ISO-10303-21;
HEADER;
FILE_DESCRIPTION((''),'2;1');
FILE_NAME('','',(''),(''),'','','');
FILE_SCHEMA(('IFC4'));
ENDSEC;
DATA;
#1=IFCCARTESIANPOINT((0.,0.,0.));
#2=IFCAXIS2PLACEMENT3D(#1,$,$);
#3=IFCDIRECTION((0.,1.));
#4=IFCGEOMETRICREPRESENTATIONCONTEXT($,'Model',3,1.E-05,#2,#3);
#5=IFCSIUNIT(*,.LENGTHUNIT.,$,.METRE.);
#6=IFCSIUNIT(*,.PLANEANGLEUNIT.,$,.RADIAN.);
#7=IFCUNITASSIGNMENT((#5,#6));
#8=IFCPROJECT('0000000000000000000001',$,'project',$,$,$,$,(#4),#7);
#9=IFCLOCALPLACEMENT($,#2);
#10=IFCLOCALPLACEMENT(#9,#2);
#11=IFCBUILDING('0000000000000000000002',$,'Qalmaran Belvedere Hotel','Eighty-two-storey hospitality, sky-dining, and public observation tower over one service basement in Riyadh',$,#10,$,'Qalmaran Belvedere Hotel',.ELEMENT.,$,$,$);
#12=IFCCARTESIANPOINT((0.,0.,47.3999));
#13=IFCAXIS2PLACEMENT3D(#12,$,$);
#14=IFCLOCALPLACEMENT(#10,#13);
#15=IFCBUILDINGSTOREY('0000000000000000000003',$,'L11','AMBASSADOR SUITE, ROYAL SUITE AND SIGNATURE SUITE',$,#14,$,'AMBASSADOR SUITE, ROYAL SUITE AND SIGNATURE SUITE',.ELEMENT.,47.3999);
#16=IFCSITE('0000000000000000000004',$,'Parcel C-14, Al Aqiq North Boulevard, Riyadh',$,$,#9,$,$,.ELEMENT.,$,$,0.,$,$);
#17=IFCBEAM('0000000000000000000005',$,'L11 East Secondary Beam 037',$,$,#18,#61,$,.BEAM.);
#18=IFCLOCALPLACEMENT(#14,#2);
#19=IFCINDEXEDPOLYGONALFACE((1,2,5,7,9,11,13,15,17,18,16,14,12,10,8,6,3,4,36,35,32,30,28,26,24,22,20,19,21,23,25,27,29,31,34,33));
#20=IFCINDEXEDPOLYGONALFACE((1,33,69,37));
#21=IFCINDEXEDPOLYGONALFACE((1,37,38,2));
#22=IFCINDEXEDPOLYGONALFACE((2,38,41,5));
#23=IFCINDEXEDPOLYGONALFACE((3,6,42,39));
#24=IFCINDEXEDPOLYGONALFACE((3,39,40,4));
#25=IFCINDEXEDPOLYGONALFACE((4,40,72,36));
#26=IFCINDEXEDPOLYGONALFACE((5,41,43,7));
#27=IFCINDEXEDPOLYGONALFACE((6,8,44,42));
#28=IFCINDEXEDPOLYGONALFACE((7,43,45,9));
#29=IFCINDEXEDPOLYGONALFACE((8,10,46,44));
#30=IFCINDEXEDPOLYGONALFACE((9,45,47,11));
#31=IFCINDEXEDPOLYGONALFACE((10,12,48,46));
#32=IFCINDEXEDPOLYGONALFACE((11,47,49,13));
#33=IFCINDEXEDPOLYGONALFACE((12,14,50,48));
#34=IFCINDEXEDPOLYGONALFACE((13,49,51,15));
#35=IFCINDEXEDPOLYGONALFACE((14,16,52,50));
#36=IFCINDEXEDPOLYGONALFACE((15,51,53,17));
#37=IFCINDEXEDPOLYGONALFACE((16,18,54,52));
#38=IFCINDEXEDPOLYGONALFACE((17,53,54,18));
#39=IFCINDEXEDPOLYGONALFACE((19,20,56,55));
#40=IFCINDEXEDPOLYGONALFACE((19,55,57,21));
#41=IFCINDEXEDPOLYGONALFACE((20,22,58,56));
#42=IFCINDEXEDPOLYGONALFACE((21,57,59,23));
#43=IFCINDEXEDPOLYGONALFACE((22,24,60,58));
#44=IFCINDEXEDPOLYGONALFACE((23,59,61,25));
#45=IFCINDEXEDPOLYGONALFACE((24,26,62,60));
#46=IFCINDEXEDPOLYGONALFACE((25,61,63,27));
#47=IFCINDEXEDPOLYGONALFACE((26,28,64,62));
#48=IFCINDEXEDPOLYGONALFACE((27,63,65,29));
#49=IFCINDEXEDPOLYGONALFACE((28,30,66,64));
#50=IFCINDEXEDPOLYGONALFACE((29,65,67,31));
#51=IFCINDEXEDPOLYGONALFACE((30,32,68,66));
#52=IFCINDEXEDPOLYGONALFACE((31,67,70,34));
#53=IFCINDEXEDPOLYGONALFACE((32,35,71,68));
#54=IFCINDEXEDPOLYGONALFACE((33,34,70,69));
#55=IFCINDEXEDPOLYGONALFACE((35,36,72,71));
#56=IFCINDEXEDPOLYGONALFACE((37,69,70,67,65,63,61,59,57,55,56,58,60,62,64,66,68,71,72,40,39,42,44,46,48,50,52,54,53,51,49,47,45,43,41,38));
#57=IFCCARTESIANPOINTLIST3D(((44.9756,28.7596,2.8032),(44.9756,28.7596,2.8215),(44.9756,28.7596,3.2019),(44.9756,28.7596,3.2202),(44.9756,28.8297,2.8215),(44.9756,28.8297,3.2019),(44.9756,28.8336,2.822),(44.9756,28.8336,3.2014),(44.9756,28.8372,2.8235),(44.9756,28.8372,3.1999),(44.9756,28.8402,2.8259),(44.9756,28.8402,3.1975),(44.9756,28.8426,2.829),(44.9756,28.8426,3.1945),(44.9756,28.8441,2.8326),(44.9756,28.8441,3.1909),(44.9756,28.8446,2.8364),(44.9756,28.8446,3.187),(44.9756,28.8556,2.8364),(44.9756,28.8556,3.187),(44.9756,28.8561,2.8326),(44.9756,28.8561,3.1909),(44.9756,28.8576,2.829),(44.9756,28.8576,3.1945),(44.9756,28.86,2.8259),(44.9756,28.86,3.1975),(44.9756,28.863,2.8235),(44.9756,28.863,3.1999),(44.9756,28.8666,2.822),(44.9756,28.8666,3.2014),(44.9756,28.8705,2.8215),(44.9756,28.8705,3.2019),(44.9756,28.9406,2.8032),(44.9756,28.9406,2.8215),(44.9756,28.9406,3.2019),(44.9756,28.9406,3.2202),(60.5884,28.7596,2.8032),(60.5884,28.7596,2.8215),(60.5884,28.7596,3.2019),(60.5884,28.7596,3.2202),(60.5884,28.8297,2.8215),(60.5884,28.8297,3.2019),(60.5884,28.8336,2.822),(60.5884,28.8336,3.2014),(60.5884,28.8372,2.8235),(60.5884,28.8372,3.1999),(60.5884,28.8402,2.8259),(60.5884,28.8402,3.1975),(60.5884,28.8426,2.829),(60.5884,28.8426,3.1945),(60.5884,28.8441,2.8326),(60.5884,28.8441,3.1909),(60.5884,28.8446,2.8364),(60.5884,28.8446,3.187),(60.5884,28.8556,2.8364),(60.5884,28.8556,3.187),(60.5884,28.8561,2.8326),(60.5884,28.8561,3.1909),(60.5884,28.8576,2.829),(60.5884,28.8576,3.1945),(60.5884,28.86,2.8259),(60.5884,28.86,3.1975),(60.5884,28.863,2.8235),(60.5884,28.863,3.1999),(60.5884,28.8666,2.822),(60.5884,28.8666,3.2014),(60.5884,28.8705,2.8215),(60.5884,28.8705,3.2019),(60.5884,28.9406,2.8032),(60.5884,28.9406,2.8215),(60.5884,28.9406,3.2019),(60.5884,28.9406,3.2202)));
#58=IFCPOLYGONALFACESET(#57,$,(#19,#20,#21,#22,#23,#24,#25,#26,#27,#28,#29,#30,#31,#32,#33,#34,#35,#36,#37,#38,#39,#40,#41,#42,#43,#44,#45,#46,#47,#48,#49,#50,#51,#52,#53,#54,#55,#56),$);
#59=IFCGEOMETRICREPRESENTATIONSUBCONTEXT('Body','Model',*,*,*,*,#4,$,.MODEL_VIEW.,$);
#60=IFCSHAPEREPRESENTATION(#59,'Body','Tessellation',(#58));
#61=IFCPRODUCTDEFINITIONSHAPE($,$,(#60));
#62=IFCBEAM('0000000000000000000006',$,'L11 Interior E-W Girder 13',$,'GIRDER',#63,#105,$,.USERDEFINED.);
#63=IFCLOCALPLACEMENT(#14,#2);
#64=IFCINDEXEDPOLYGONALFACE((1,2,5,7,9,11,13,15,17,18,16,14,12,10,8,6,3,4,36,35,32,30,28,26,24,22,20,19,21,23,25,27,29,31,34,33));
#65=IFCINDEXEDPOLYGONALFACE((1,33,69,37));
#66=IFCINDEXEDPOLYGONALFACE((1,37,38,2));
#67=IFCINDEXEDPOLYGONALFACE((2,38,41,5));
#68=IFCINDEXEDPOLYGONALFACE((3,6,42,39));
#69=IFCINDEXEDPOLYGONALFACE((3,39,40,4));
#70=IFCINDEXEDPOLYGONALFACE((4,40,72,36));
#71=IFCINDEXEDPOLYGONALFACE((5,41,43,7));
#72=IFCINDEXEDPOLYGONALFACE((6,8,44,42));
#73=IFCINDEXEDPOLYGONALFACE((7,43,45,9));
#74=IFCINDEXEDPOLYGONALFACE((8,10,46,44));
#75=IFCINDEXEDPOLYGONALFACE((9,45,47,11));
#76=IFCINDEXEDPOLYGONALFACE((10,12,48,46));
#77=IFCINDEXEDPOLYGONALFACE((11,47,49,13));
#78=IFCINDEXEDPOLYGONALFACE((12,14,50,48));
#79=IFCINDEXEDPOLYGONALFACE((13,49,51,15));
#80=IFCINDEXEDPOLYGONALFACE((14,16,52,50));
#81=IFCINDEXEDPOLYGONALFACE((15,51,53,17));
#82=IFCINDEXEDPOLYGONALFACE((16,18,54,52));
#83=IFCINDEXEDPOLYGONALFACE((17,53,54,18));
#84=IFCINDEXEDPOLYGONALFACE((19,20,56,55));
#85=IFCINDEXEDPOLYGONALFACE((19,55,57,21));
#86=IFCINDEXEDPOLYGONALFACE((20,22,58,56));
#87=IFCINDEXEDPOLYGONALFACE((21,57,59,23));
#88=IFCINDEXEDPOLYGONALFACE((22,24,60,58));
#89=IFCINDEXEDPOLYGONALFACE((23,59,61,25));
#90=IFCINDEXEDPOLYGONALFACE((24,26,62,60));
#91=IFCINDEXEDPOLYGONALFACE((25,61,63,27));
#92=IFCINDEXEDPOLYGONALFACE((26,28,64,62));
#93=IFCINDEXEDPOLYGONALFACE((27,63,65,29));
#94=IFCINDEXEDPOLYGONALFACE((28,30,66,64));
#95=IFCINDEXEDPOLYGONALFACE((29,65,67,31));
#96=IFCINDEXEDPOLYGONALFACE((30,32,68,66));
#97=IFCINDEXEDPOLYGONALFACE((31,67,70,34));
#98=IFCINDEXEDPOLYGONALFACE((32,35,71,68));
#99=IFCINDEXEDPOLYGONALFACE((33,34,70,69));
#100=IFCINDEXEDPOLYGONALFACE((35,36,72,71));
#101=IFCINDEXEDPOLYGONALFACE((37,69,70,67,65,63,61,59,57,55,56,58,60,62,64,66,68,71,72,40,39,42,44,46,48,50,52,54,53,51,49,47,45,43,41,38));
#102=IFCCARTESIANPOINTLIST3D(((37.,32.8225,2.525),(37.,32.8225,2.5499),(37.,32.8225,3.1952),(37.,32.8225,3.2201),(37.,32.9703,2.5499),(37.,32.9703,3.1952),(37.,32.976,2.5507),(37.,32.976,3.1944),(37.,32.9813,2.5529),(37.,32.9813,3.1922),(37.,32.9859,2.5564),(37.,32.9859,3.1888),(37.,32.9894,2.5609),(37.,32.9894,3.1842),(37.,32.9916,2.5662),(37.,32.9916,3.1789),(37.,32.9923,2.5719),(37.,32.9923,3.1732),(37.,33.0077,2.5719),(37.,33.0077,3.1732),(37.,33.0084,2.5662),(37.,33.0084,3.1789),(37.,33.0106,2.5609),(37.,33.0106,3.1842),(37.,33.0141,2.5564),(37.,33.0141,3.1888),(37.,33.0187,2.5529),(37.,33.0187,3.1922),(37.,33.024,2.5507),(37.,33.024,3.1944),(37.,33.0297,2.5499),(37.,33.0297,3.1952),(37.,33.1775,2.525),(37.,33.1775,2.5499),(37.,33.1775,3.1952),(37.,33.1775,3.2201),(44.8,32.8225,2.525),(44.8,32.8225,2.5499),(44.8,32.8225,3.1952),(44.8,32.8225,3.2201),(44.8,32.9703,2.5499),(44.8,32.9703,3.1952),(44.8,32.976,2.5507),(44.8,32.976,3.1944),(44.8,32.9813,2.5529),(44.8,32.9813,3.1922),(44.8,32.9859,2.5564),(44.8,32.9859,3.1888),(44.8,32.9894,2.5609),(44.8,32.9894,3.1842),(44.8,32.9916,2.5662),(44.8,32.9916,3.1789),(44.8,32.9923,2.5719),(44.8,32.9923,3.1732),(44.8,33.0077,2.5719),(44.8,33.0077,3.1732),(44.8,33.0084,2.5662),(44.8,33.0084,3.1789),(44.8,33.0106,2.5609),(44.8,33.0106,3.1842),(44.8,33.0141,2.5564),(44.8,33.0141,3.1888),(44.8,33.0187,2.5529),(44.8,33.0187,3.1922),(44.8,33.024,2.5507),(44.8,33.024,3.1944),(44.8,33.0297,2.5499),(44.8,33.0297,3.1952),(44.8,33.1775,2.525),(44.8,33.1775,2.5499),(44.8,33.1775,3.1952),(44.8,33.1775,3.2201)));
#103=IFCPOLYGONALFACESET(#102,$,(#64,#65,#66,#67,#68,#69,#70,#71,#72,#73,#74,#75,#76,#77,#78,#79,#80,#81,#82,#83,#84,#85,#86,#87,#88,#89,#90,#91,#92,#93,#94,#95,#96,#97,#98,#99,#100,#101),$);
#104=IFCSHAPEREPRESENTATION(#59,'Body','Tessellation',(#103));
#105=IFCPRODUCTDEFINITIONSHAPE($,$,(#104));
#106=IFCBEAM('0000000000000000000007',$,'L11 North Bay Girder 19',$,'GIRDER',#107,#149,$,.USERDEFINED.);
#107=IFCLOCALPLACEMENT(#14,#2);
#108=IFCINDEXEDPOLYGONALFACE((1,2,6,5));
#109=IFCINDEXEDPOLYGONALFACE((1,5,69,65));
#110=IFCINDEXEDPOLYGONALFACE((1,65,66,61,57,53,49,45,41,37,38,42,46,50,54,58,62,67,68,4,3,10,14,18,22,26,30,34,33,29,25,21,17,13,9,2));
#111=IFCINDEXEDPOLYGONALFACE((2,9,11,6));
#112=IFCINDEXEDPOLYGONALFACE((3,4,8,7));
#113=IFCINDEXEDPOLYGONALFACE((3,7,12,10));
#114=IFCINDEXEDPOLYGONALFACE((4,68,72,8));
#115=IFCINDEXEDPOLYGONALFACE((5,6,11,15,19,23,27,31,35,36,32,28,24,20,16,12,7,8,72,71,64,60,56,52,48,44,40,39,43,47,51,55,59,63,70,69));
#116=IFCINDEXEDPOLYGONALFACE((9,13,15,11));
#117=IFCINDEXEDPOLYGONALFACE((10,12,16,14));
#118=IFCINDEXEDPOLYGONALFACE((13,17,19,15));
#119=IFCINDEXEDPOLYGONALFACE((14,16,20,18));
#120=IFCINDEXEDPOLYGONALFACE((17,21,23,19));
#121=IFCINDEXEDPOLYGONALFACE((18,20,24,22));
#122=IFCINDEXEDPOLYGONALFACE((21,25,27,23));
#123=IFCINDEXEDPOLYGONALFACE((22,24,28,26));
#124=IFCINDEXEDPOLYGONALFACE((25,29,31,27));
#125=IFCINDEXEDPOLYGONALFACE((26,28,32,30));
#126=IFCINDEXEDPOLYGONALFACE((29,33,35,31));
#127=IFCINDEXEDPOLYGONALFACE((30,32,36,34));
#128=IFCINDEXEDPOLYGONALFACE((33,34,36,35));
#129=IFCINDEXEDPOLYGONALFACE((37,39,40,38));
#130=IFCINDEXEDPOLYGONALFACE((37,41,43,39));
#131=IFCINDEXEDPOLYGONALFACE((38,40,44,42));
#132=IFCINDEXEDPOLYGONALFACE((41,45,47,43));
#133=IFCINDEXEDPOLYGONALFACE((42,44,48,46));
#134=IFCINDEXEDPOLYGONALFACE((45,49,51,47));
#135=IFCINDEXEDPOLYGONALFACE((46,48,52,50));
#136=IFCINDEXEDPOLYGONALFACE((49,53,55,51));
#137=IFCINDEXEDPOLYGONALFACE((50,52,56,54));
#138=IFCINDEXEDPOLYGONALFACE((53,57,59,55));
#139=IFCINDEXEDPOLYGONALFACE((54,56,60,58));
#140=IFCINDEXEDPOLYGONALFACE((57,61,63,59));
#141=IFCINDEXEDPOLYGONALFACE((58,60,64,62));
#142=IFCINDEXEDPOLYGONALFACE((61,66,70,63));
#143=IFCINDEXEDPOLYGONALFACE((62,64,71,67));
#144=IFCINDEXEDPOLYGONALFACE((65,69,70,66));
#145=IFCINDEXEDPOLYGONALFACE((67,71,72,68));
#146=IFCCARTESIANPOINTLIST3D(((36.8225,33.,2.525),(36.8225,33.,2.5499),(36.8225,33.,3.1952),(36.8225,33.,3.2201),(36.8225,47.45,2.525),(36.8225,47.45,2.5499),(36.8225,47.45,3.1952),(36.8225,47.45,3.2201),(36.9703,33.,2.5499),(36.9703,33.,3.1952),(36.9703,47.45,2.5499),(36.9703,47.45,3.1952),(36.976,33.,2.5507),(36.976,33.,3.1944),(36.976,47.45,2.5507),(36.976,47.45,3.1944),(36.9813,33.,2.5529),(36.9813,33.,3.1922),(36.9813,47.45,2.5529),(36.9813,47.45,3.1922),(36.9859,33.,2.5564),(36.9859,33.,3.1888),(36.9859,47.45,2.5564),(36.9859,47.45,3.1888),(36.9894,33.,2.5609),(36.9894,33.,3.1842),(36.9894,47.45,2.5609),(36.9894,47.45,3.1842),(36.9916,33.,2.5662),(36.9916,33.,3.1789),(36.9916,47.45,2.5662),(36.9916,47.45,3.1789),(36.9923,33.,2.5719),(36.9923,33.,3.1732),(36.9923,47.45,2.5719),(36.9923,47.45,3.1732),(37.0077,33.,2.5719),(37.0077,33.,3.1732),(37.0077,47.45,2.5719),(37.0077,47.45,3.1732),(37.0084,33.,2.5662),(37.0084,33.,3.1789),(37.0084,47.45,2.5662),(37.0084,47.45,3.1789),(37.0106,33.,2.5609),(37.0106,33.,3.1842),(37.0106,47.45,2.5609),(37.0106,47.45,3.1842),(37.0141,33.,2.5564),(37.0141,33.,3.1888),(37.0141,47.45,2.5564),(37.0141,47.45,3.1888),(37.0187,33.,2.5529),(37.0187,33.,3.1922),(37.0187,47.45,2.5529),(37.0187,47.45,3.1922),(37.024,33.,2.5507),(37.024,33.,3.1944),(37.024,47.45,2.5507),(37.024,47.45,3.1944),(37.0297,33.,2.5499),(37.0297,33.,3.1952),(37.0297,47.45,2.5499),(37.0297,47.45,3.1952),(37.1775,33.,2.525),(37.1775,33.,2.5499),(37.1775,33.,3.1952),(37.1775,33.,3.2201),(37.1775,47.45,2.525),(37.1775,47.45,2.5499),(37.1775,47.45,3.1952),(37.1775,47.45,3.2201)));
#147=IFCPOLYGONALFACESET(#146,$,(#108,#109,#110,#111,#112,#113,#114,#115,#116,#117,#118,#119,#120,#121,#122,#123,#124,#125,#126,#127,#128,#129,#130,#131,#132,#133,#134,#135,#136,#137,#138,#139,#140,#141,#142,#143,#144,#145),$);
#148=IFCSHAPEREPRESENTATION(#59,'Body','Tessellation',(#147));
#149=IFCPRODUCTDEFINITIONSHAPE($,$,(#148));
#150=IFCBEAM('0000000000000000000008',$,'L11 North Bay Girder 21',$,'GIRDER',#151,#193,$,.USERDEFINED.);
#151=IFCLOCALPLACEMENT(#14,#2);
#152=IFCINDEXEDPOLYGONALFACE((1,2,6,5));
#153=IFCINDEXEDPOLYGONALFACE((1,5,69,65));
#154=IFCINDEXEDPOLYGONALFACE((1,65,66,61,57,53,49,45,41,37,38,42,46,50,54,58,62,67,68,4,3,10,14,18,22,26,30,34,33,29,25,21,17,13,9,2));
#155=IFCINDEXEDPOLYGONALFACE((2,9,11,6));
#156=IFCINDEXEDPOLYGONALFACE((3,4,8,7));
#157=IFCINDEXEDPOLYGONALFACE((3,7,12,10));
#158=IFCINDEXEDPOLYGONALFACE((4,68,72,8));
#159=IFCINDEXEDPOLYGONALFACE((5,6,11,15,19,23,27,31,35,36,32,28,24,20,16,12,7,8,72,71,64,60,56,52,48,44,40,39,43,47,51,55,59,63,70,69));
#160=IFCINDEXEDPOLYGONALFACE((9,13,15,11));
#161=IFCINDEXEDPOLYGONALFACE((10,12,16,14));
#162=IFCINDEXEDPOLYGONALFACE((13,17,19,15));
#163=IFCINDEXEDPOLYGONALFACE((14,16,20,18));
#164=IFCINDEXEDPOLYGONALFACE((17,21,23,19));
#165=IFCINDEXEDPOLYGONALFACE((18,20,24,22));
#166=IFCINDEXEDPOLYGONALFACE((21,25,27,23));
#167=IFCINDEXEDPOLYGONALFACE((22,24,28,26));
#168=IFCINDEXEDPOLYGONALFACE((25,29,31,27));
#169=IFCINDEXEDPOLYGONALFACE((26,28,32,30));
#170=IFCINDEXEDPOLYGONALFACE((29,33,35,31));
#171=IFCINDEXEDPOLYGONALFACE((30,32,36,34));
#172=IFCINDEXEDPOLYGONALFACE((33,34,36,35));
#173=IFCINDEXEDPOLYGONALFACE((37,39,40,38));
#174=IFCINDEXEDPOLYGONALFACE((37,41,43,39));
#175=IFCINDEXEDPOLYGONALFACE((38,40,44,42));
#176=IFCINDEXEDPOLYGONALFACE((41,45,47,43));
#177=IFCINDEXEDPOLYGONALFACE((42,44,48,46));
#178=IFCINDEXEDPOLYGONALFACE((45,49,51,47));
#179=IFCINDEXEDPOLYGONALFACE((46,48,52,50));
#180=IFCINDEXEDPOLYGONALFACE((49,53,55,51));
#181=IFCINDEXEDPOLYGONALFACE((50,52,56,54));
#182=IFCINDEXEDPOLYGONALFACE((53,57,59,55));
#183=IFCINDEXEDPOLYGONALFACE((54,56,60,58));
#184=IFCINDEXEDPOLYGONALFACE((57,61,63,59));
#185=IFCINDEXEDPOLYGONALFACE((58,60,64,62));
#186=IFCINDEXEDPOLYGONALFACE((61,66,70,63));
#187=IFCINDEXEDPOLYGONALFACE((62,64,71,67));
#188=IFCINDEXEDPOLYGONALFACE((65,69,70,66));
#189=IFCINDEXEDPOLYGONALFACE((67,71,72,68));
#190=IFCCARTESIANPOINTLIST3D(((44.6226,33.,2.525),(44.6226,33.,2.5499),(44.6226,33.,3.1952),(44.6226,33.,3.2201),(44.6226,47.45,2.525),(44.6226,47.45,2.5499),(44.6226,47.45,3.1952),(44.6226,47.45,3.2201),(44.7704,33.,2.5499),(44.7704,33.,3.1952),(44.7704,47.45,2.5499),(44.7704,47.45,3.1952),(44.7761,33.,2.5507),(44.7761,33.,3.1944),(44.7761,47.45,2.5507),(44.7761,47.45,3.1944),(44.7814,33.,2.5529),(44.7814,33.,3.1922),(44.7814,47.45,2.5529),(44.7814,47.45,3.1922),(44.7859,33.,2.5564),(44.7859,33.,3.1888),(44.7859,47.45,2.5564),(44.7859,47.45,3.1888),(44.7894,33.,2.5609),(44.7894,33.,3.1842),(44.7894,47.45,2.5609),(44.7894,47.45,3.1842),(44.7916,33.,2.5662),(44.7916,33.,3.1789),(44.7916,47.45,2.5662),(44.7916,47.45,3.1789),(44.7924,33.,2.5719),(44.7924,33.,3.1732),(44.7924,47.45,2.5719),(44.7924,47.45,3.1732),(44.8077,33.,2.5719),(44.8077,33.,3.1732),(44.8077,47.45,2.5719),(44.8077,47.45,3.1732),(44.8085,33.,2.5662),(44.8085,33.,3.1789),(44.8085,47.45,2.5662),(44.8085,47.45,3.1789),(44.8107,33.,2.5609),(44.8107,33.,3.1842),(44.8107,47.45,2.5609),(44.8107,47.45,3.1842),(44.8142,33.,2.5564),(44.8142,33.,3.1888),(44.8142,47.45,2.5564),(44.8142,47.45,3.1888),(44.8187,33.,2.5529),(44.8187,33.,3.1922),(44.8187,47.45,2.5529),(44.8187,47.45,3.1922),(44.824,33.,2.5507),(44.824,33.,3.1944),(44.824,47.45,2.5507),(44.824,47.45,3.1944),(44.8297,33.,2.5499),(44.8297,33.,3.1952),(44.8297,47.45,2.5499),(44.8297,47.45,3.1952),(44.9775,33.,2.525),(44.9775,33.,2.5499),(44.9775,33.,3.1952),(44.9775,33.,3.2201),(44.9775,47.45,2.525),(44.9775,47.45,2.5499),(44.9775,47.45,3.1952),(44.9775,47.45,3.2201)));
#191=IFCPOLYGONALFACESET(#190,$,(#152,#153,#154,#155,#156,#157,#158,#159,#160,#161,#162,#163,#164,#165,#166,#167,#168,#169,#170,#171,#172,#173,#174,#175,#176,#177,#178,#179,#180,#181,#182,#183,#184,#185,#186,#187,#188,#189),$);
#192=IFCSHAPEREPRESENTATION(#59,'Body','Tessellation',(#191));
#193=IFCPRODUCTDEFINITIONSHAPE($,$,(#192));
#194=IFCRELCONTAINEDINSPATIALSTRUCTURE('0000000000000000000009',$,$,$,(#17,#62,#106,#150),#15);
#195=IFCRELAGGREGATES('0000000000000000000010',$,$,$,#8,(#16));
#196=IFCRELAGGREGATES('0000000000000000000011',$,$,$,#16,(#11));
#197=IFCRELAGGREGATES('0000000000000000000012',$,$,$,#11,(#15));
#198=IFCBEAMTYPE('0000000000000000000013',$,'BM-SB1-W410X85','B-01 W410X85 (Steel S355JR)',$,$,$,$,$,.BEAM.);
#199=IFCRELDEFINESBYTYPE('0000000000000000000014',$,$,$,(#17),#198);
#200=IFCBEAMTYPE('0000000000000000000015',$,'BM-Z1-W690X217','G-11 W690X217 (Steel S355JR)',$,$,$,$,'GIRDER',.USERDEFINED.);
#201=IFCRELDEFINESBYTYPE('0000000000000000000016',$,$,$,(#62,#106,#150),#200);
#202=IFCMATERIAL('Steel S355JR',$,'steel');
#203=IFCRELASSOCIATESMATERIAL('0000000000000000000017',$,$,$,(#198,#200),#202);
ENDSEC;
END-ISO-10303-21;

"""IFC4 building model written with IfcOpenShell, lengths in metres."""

from ifc_helpers import new_model, si_unit, direction, frame, origin, origin_2d, place, context, subcontext, project, spatial, i_section, extrude, material, material_profile, profile_set, type_object, element, save


model = new_model("IFC4")

# Units and contexts
model_context = context("Model", 3, precision=1e-05, world=origin(), true_north=direction((0.0, 1.0)))
body_context = subcontext(model_context, "Body", "Model", "MODEL_VIEW")
ifc_project = project(units=[si_unit("LENGTHUNIT", "METRE"), si_unit("PLANEANGLEUNIT", "RADIAN")], contexts=[model_context])

# Site, building, storey
site_placement = place(None, origin())
site = spatial("IfcSite", under=ifc_project, at=site_placement, Name="Parcel C-14, Al Aqiq North Boulevard, Riyadh", CompositionType="ELEMENT", RefElevation=0.0)
building_placement = place(site_placement, origin())
building = spatial("IfcBuilding", under=site, at=building_placement, Name="Qalmaran Belvedere Hotel", Description="Eighty-two-storey hospitality, sky-dining, and public observation tower over one service basement in Riyadh", LongName="Qalmaran Belvedere Hotel", CompositionType="ELEMENT")
storey_placement = place(building_placement, frame((0.0, 0.0, 47.3999)))
storey = spatial("IfcBuildingStorey", under=building, at=storey_placement, Name="L11", Description="AMBASSADOR SUITE, ROYAL SUITE AND SIGNATURE SUITE", LongName="AMBASSADOR SUITE, ROYAL SUITE AND SIGNATURE SUITE", CompositionType="ELEMENT", Elevation=47.3999)

# Beams
ifc_material_1 = material(Name="Steel S355JR", Category="steel")
ifc_material_profile_1 = material_profile(ifc_material_1, i_section(OverallWidth=0.1809, OverallDepth=0.417, WebThickness=0.011, FlangeThickness=0.0183, FilletRadius=0.0149, at=origin_2d()), Name="W410X85")
ifc_profile_set_1 = profile_set([ifc_material_profile_1], Name="Steel S355JR")
beam_type_1 = type_object("IfcBeamType", Name="BM-SB1-W410X85", Description="B-01 W410X85 (Steel S355JR)", PredefinedType="BEAM", material=ifc_profile_set_1)
beam_1_placement = place(storey_placement, frame((44.9756, 28.8501, 3.0117), z_axis=(1.0, 0.0, 0.0), x_axis=(0.0, 1.0, 0.0)))
element("IfcBeam", 1, at=beam_1_placement, inside=storey, type_object=beam_type_1, Name="L11 East Secondary Beam 037", PredefinedType="BEAM", context=body_context, shape_type="SweptSolid", body=[
    extrude(i_section(OverallWidth=0.1809, OverallDepth=0.417, WebThickness=0.011, FlangeThickness=0.0183, FilletRadius=0.0149, at=origin_2d()), origin(), (0.0, 0.0, 1.0), 15.6128),
])
ifc_material_profile_2 = material_profile(ifc_material_1, i_section(OverallWidth=0.355, OverallDepth=0.6951, WebThickness=0.0154, FlangeThickness=0.0249, FilletRadius=0.022, at=origin_2d()), Name="W690X217")
ifc_profile_set_2 = profile_set([ifc_material_profile_2], Name="Steel S355JR")
beam_type_2 = type_object("IfcBeamType", Name="BM-Z1-W690X217", Description="G-11 W690X217 (Steel S355JR)", ElementType="GIRDER", PredefinedType="USERDEFINED", material=ifc_profile_set_2)
beam_2_placement = place(storey_placement, frame((37.0, 33.0, 2.8726), z_axis=(1.0, 0.0, 0.0), x_axis=(0.0, 1.0, 0.0)))
element("IfcBeam", 2, at=beam_2_placement, inside=storey, type_object=beam_type_2, Name="L11 Interior E-W Girder 13", ObjectType="GIRDER", PredefinedType="USERDEFINED", context=body_context, shape_type="SweptSolid", body=[
    extrude(i_section(OverallWidth=0.355, OverallDepth=0.6951, WebThickness=0.0154, FlangeThickness=0.0249, FilletRadius=0.022, at=origin_2d()), origin(), (0.0, 0.0, 1.0), 7.8),
])
for number, where, z_axis, x_axis, name in (
    (3, (37.0, 33.0, 2.8726), (0.0, 1.0, 0.0), (-1.0, 0.0, 0.0), "L11 North Bay Girder 19"),
    (4, (44.8, 33.0, 2.8726), (0.0, 1.0, 0.0), (-1.0, 0.0, 0.0), "L11 North Bay Girder 21"),
):
    element("IfcBeam", number, at=place(storey_placement, frame(where, z_axis=z_axis, x_axis=x_axis)), inside=storey, type_object=beam_type_2, Name=name, ObjectType="GIRDER", PredefinedType="USERDEFINED", context=body_context, shape_type="SweptSolid", body=[
        extrude(i_section(OverallWidth=0.355, OverallDepth=0.6951, WebThickness=0.0154, FlangeThickness=0.0249, FilletRadius=0.022, at=origin_2d()), origin(), (0.0, 0.0, 1.0), 14.45),
    ])

save(model, "model.ifc")
